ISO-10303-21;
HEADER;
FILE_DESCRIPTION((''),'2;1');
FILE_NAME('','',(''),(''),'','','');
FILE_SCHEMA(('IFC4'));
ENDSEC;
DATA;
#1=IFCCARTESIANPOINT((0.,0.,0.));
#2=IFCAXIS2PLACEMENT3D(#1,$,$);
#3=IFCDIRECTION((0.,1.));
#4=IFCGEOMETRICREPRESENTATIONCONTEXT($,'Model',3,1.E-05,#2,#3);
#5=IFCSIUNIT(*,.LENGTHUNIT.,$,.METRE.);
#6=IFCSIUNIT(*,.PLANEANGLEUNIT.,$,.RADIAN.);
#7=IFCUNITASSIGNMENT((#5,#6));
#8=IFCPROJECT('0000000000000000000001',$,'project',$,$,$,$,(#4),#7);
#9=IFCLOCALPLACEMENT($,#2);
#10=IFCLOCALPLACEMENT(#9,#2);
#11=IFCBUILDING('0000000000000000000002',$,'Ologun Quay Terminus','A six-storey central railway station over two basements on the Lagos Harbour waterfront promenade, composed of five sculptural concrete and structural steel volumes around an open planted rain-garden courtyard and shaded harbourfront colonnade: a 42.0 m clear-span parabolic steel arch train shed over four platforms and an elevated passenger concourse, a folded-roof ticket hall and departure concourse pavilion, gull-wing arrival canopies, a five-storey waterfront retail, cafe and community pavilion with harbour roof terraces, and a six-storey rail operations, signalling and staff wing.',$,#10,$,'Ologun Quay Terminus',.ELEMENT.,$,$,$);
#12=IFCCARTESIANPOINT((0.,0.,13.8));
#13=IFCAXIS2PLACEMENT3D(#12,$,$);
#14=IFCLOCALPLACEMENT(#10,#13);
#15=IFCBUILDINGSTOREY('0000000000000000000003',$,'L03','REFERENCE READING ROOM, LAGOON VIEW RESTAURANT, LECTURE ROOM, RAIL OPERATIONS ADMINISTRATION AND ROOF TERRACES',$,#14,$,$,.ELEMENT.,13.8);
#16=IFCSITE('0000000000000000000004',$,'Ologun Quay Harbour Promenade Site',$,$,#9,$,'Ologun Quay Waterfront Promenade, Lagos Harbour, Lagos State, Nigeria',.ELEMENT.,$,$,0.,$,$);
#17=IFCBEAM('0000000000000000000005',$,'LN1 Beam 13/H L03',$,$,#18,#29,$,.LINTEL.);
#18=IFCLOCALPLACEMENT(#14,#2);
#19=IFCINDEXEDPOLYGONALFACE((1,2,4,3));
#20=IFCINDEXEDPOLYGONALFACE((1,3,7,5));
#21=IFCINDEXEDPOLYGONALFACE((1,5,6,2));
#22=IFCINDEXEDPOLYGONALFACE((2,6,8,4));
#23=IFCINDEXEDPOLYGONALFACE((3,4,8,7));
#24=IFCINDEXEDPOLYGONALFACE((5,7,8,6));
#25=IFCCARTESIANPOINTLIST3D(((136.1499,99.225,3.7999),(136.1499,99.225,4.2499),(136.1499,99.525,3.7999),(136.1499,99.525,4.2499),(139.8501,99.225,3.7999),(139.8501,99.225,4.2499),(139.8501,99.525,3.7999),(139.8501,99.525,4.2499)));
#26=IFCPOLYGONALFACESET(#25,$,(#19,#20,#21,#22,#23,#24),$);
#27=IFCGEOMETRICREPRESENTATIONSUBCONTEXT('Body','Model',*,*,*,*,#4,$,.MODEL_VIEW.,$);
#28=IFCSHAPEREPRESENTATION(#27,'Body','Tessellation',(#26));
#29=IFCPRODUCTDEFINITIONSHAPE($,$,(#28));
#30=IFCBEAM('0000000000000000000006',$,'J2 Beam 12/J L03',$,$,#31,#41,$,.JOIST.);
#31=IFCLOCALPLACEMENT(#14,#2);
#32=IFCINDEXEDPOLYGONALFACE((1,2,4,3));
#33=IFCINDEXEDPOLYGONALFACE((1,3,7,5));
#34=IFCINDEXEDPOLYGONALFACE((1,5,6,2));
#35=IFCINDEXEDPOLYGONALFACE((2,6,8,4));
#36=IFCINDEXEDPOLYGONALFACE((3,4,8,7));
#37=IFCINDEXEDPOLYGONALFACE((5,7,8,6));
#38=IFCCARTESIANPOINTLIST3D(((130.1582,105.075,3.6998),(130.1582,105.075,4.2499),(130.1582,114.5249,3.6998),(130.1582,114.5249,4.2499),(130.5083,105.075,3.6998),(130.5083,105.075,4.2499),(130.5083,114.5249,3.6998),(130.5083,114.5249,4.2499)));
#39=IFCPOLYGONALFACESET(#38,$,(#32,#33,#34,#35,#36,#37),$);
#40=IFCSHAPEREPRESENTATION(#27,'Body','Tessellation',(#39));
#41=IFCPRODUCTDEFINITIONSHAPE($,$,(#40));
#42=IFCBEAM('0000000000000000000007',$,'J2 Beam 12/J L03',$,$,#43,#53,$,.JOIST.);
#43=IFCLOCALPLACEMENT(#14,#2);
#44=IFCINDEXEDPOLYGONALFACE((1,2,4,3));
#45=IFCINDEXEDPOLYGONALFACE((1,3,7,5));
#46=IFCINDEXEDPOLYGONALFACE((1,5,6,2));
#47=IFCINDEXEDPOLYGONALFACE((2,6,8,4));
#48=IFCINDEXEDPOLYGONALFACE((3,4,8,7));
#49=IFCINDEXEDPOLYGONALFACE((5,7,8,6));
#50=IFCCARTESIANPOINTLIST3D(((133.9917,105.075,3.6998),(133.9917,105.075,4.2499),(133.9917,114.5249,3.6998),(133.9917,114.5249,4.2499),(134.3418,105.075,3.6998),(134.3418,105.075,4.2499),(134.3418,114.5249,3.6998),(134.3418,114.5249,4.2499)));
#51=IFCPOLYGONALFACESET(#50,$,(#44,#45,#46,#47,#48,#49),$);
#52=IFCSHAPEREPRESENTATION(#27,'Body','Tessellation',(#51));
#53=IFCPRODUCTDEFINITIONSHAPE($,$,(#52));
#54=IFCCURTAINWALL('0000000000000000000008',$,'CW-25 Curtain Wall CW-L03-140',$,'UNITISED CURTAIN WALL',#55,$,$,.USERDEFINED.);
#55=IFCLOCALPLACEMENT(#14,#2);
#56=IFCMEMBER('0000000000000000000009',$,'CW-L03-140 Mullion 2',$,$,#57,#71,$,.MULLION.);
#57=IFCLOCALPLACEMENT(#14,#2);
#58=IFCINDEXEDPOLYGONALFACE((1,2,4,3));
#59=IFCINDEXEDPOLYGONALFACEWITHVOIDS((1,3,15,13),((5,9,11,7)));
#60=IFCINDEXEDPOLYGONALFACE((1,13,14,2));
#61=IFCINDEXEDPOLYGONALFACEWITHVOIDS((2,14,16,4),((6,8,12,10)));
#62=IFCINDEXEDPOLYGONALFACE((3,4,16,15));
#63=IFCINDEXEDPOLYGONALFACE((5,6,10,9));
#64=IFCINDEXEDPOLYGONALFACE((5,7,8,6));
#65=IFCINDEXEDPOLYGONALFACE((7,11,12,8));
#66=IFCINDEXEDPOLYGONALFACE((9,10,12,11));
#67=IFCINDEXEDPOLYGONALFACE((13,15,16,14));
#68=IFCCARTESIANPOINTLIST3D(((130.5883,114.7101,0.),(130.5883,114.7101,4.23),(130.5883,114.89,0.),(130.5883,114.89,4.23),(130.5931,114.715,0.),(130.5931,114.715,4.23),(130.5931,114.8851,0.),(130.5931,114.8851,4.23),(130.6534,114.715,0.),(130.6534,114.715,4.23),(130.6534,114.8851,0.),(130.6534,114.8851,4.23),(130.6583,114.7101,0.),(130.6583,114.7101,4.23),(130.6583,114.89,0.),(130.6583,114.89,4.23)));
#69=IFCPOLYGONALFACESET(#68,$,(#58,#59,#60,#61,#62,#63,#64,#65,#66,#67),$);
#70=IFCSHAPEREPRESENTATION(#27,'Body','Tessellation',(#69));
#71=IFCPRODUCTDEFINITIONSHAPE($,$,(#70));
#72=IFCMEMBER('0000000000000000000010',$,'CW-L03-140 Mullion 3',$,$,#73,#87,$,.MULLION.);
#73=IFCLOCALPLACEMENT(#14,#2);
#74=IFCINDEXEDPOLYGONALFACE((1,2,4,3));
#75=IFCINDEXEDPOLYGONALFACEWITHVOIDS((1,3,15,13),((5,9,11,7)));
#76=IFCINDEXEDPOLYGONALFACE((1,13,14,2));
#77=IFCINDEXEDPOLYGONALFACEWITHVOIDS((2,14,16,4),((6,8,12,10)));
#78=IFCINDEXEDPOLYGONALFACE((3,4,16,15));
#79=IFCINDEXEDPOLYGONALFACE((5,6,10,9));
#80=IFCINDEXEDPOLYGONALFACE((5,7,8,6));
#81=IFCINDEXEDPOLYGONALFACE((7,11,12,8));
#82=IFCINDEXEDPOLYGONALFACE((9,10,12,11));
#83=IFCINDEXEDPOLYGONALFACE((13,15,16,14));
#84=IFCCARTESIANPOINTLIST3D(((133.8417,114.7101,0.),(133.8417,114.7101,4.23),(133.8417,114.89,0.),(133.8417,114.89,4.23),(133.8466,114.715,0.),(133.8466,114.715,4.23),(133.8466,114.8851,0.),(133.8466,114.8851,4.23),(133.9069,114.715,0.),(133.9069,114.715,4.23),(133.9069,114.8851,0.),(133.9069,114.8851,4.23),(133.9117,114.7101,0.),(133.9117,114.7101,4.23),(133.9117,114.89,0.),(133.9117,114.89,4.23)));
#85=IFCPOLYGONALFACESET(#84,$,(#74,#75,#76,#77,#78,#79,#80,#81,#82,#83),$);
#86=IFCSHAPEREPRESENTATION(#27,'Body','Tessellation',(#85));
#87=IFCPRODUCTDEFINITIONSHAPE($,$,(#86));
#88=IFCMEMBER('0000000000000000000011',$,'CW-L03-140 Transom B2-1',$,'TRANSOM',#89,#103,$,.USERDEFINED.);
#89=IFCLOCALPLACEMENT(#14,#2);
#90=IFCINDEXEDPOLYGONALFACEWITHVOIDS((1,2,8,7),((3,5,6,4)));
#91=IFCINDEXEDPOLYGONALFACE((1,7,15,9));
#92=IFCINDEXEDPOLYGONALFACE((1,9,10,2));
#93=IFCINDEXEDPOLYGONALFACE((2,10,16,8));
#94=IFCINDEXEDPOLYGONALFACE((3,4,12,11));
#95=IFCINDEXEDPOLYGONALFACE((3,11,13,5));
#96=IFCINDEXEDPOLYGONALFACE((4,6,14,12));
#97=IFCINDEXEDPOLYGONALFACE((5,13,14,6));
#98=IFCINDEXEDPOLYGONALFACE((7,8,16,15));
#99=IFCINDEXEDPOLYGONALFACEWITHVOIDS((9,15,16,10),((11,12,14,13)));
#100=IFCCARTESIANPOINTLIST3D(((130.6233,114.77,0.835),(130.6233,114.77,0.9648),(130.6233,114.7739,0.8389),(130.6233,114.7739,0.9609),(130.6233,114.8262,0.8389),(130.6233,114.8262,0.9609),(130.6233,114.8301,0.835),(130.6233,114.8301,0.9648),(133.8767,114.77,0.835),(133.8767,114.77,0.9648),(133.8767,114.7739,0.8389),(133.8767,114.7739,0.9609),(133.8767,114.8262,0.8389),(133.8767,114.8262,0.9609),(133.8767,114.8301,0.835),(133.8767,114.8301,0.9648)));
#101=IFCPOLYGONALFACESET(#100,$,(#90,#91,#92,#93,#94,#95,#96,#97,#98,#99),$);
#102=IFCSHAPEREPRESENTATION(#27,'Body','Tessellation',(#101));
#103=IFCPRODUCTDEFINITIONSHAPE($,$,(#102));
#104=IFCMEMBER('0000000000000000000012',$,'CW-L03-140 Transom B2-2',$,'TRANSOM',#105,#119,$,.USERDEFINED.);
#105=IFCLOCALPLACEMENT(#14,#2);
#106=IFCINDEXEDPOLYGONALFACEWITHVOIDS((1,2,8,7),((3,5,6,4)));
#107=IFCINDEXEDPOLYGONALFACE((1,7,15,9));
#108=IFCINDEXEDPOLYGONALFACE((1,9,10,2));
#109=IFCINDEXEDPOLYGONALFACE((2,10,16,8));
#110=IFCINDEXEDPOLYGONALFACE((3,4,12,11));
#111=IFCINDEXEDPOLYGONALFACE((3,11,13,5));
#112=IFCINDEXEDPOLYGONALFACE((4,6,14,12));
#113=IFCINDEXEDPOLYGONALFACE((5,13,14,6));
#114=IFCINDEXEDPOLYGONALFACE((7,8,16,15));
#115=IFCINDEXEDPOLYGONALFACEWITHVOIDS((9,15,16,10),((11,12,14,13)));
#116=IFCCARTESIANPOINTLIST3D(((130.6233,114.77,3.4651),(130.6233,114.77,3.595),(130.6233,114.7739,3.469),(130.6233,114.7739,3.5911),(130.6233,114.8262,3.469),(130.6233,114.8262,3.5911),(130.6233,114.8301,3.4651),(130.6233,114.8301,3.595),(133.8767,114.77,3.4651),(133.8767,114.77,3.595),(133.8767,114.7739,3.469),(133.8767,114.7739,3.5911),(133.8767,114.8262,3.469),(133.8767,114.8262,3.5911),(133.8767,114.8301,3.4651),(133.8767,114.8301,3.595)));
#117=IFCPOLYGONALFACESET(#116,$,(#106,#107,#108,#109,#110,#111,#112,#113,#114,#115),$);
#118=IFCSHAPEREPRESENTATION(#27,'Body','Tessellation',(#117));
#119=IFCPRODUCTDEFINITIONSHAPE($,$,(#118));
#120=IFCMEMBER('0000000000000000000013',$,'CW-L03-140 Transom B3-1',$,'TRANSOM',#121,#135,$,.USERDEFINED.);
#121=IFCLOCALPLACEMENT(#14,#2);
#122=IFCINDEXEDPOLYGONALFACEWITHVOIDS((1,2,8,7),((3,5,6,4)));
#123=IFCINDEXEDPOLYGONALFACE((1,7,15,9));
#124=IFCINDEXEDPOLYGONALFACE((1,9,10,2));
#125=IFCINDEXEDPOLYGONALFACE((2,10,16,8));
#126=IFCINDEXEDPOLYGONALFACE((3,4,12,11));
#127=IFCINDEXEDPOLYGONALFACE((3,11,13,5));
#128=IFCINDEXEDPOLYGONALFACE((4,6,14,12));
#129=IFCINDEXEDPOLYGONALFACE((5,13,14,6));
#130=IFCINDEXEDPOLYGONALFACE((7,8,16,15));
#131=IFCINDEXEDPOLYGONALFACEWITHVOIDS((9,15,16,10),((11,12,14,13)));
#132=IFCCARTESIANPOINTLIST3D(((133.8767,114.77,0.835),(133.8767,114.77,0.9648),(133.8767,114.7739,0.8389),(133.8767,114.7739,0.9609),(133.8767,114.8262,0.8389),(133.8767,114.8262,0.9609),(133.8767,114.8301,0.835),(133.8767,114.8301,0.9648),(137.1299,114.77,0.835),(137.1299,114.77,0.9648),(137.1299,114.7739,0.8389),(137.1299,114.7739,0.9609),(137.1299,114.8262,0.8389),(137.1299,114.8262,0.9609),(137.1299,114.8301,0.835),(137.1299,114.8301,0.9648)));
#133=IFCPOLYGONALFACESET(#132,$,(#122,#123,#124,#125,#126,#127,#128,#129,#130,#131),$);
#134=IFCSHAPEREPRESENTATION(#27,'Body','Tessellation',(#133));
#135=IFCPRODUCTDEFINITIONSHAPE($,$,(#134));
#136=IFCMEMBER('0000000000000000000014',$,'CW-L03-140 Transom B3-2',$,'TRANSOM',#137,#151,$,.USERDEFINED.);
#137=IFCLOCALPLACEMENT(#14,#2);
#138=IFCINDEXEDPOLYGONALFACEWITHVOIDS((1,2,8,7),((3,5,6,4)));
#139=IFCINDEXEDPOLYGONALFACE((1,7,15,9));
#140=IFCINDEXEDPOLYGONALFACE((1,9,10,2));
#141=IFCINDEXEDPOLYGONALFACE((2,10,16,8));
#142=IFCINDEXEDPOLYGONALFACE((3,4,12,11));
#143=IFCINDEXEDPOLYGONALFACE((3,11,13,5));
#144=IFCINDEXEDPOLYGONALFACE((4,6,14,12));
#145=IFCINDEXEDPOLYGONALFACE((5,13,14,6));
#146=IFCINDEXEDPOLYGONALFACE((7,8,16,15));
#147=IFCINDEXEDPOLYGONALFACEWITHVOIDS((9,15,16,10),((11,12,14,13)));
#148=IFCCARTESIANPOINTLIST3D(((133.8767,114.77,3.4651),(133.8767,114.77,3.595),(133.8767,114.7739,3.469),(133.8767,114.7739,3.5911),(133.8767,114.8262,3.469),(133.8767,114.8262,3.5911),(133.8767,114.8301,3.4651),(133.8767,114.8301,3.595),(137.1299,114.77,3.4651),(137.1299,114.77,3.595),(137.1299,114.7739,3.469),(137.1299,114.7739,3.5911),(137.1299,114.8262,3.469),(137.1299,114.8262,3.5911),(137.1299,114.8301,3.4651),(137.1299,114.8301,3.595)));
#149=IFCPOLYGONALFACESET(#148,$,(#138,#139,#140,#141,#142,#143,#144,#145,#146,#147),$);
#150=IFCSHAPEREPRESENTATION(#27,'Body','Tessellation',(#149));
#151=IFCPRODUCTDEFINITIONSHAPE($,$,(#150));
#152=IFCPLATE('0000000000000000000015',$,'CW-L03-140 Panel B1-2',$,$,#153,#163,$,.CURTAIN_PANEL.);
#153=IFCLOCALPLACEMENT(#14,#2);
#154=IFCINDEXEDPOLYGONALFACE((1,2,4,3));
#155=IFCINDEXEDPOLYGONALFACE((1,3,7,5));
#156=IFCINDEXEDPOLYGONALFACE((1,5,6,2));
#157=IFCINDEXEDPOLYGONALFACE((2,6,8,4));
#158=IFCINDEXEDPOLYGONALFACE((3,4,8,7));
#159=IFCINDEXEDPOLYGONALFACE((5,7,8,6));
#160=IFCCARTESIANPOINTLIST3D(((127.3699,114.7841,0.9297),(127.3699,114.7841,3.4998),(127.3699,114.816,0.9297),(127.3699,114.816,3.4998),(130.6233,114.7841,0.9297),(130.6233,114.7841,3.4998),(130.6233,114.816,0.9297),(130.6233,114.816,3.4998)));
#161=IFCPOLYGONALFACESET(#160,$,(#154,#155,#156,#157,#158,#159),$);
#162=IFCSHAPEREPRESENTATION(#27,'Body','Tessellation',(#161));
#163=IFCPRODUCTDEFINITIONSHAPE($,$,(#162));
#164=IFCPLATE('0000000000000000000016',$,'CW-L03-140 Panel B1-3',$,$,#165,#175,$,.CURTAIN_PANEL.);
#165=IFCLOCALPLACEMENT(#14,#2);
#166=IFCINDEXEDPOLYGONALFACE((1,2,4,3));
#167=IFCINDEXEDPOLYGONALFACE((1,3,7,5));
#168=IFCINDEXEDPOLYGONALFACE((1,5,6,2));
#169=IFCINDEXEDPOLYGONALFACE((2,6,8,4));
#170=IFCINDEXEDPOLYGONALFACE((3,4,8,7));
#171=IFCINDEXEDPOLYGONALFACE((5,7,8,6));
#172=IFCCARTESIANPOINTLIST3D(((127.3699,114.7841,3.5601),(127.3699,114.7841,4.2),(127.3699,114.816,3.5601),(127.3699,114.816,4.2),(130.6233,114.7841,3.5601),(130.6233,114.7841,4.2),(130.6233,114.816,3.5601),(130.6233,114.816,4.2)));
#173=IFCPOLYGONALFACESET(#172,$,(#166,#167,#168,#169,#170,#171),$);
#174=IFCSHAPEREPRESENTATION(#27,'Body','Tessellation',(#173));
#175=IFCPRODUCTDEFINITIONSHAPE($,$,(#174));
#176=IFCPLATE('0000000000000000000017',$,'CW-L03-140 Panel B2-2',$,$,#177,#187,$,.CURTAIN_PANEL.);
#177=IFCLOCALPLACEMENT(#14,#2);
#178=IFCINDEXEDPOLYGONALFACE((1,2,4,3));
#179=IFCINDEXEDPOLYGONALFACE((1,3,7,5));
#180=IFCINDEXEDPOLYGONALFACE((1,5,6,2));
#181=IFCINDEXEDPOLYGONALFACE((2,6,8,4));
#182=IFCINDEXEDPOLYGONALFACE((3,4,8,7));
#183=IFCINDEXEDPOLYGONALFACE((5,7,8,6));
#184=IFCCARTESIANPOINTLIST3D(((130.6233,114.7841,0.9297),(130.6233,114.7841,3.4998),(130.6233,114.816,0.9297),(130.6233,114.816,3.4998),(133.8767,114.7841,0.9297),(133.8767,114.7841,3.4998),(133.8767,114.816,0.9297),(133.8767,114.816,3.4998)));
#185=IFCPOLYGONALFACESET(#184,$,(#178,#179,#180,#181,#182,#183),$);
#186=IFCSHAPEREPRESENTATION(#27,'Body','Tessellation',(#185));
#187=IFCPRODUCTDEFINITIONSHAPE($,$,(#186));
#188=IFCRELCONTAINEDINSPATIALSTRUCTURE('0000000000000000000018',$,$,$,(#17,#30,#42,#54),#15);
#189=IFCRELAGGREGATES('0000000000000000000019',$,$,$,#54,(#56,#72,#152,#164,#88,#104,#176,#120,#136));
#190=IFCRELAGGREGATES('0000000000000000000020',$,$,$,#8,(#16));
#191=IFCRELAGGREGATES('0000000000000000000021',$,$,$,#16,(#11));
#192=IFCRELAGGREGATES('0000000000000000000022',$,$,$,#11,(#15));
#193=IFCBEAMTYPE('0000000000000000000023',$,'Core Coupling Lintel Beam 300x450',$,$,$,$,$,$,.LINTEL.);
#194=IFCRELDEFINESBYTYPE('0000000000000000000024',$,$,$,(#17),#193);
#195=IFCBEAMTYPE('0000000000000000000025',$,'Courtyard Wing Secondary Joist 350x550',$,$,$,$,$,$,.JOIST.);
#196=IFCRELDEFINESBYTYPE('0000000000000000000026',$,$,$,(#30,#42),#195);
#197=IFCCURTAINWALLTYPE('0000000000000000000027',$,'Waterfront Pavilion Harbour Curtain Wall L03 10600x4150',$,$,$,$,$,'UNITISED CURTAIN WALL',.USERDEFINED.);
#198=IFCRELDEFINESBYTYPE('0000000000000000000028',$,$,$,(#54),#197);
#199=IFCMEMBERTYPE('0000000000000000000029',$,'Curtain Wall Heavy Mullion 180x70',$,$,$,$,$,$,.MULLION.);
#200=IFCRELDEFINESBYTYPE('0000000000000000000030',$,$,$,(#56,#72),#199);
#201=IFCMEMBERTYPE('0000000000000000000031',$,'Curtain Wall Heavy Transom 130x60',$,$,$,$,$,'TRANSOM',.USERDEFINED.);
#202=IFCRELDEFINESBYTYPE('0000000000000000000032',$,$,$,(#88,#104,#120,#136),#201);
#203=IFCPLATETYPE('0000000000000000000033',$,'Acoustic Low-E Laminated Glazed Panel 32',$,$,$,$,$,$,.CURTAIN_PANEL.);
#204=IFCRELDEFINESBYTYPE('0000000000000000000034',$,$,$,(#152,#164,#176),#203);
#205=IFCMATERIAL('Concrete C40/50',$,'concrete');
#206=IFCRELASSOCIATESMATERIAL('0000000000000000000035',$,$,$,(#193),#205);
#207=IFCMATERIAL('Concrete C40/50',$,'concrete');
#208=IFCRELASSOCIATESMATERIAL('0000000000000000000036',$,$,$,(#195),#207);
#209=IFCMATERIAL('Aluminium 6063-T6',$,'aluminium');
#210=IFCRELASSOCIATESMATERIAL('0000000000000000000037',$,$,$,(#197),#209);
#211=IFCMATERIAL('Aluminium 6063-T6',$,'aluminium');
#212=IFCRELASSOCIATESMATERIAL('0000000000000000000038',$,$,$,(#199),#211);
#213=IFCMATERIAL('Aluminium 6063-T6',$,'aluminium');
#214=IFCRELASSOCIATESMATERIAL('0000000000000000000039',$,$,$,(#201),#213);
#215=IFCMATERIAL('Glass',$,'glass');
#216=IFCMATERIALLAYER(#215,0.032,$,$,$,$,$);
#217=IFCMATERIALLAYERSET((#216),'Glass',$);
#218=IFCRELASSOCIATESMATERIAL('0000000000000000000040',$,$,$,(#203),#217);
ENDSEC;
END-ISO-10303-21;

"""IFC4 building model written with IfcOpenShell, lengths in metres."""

from ifc_helpers import new_model, si_unit, direction, frame, origin, origin_2d, place, context, subcontext, project, spatial, rectangle, hollow_rectangle, extrude, material, layer, layer_set, material_profile, profile_set, type_object, element, aggregate, save


model = new_model("IFC4")

# Units and contexts
model_context = context("Model", 3, precision=1e-05, world=origin(), true_north=direction((0.0, 1.0)))
body_context = subcontext(model_context, "Body", "Model", "MODEL_VIEW")
ifc_project = project(units=[si_unit("LENGTHUNIT", "METRE"), si_unit("PLANEANGLEUNIT", "RADIAN")], contexts=[model_context])

# Site, building, storey
site_placement = place(None, origin())
site = spatial("IfcSite", under=ifc_project, at=site_placement, Name="Ologun Quay Harbour Promenade Site", LongName="Ologun Quay Waterfront Promenade, Lagos Harbour, Lagos State, Nigeria", CompositionType="ELEMENT", RefElevation=0.0)
building_placement = place(site_placement, origin())
building = spatial("IfcBuilding", under=site, at=building_placement, Name="Ologun Quay Terminus", Description="A six-storey central railway station over two basements on the Lagos Harbour waterfront promenade, composed of five sculptural concrete and structural steel volumes around an open planted rain-garden courtyard and shaded harbourfront colonnade: a 42.0 m clear-span parabolic steel arch train shed over four platforms and an elevated passenger concourse, a folded-roof ticket hall and departure concourse pavilion, gull-wing arrival canopies, a five-storey waterfront retail, cafe and community pavilion with harbour roof terraces, and a six-storey rail operations, signalling and staff wing.", LongName="Ologun Quay Terminus", CompositionType="ELEMENT")
storey_placement = place(building_placement, frame((0.0, 0.0, 13.8)))
storey = spatial("IfcBuildingStorey", under=building, at=storey_placement, Name="L03", Description="REFERENCE READING ROOM, LAGOON VIEW RESTAURANT, LECTURE ROOM, RAIL OPERATIONS ADMINISTRATION AND ROOF TERRACES", CompositionType="ELEMENT", Elevation=13.8)

# Beams
ifc_material_1 = material(Name="Concrete C40/50", Category="concrete")
ifc_material_profile_1 = material_profile(ifc_material_1, rectangle(XDim=0.3, YDim=0.45, at=origin_2d()), Name="RC 300x450")
ifc_profile_set_1 = profile_set([ifc_material_profile_1], Name="Concrete C40/50")
beam_type_1 = type_object("IfcBeamType", Name="Core Coupling Lintel Beam 300x450", PredefinedType="LINTEL", material=ifc_profile_set_1)
beam_placement = place(storey_placement, frame((136.1499, 99.375, 4.0249), z_axis=(1.0, 0.0, 0.0), x_axis=(0.0, 1.0, 0.0)))
element("IfcBeam", 1, at=beam_placement, inside=storey, type_object=beam_type_1, Name="LN1 Beam 13/H L03", PredefinedType="LINTEL", context=body_context, shape_type="SweptSolid", body=[
    extrude(rectangle(XDim=0.3, YDim=0.45, at=origin_2d()), origin(), (0.0, 0.0, 1.0), 3.7002),
])
ifc_material_2 = material(Name="Concrete C40/50", Category="concrete")
ifc_material_profile_2 = material_profile(ifc_material_2, rectangle(XDim=0.3501, YDim=0.55, at=origin_2d()), Name="RC 350x550")
ifc_profile_set_2 = profile_set([ifc_material_profile_2], Name="Concrete C40/50")
beam_type_2 = type_object("IfcBeamType", Name="Courtyard Wing Secondary Joist 350x550", PredefinedType="JOIST", material=ifc_profile_set_2)
for number, where, z_axis, x_axis, name in (
    (2, (130.3333, 105.075, 3.9749), (0.0, 1.0, 0.0), (-1.0, 0.0, 0.0), "J2 Beam 12/J L03"),
    (3, (134.1667, 105.075, 3.9749), (0.0, 1.0, 0.0), (-1.0, 0.0, 0.0), "J2 Beam 12/J L03"),
):
    element("IfcBeam", number, at=place(storey_placement, frame(where, z_axis=z_axis, x_axis=x_axis)), inside=storey, type_object=beam_type_2, Name=name, PredefinedType="JOIST", context=body_context, shape_type="SweptSolid", body=[
        extrude(rectangle(XDim=0.3501, YDim=0.55, at=origin_2d()), origin(), (0.0, 0.0, 1.0), 9.45),
    ])

# Curtain wall, members, plates
ifc_material_3 = material(Name="Aluminium 6063-T6", Category="aluminium")
curtain_wall_type = type_object("IfcCurtainWallType", Name="Waterfront Pavilion Harbour Curtain Wall L03 10600x4150", ElementType="UNITISED CURTAIN WALL", PredefinedType="USERDEFINED", material=ifc_material_3)
curtain_wall_placement = place(storey_placement, origin())
curtain_wall = element("IfcCurtainWall", 4, at=curtain_wall_placement, inside=storey, type_object=curtain_wall_type, Name="CW-25 Curtain Wall CW-L03-140", ObjectType="UNITISED CURTAIN WALL", PredefinedType="USERDEFINED")
ifc_material_4 = material(Name="Aluminium 6063-T6", Category="aluminium")
ifc_material_profile_3 = material_profile(ifc_material_4, hollow_rectangle(XDim=0.0701, YDim=0.1799, WallThickness=0.0049, at=origin_2d()), Name="ALU 180x70x5")
ifc_profile_set_3 = profile_set([ifc_material_profile_3], Name="Aluminium 6063-T6")
member_type_1 = type_object("IfcMemberType", Name="Curtain Wall Heavy Mullion 180x70", PredefinedType="MULLION", material=ifc_profile_set_3)
member_1_placement = place(storey_placement, frame((130.6233, 114.8, 0.0), z_axis=(0.0, 0.0, 1.0), x_axis=(1.0, 0.0, 0.0)))
member_1 = element("IfcMember", 5, at=member_1_placement, type_object=member_type_1, Name="CW-L03-140 Mullion 2", PredefinedType="MULLION", context=body_context, shape_type="SweptSolid", body=[
    extrude(hollow_rectangle(XDim=0.0701, YDim=0.1799, WallThickness=0.0049, at=origin_2d()), origin(), (0.0, 0.0, 1.0), 4.23),
])
member_2_placement = place(storey_placement, frame((133.8767, 114.8, 0.0), z_axis=(0.0, 0.0, 1.0), x_axis=(1.0, 0.0, 0.0)))
member_2 = element("IfcMember", 6, at=member_2_placement, type_object=member_type_1, Name="CW-L03-140 Mullion 3", PredefinedType="MULLION", context=body_context, shape_type="SweptSolid", body=[
    extrude(hollow_rectangle(XDim=0.0701, YDim=0.1799, WallThickness=0.0049, at=origin_2d()), origin(), (0.0, 0.0, 1.0), 4.23),
])
ifc_material_5 = material(Name="Aluminium 6063-T6", Category="aluminium")
ifc_material_profile_4 = material_profile(ifc_material_5, hollow_rectangle(XDim=0.0601, YDim=0.1299, WallThickness=0.0039, at=origin_2d()), Name="ALU 130x60x4")
ifc_profile_set_4 = profile_set([ifc_material_profile_4], Name="Aluminium 6063-T6")
member_type_2 = type_object("IfcMemberType", Name="Curtain Wall Heavy Transom 130x60", ElementType="TRANSOM", PredefinedType="USERDEFINED", material=ifc_profile_set_4)
member_3_placement = place(storey_placement, frame((130.6233, 114.8, 0.8999), z_axis=(1.0, 0.0, 0.0), x_axis=(0.0, 1.0, 0.0)))
member_3 = element("IfcMember", 7, at=member_3_placement, type_object=member_type_2, Name="CW-L03-140 Transom B2-1", ObjectType="TRANSOM", PredefinedType="USERDEFINED", context=body_context, shape_type="SweptSolid", body=[
    extrude(hollow_rectangle(XDim=0.0601, YDim=0.1299, WallThickness=0.0039, at=origin_2d()), origin(), (0.0, 0.0, 1.0), 3.2534),
])
member_4_placement = place(storey_placement, frame((130.6233, 114.8, 3.53), z_axis=(1.0, 0.0, 0.0), x_axis=(0.0, 1.0, 0.0)))
member_4 = element("IfcMember", 8, at=member_4_placement, type_object=member_type_2, Name="CW-L03-140 Transom B2-2", ObjectType="TRANSOM", PredefinedType="USERDEFINED", context=body_context, shape_type="SweptSolid", body=[
    extrude(hollow_rectangle(XDim=0.0601, YDim=0.1299, WallThickness=0.0039, at=origin_2d()), origin(), (0.0, 0.0, 1.0), 3.2534),
])
member_5_placement = place(storey_placement, frame((133.8767, 114.8, 0.8999), z_axis=(1.0, 0.0, 0.0), x_axis=(0.0, 1.0, 0.0)))
member_5 = element("IfcMember", 9, at=member_5_placement, type_object=member_type_2, Name="CW-L03-140 Transom B3-1", ObjectType="TRANSOM", PredefinedType="USERDEFINED", context=body_context, shape_type="SweptSolid", body=[
    extrude(hollow_rectangle(XDim=0.0601, YDim=0.1299, WallThickness=0.0039, at=origin_2d()), origin(), (0.0, 0.0, 1.0), 3.2532),
])
member_6_placement = place(storey_placement, frame((133.8767, 114.8, 3.53), z_axis=(1.0, 0.0, 0.0), x_axis=(0.0, 1.0, 0.0)))
member_6 = element("IfcMember", 10, at=member_6_placement, type_object=member_type_2, Name="CW-L03-140 Transom B3-2", ObjectType="TRANSOM", PredefinedType="USERDEFINED", context=body_context, shape_type="SweptSolid", body=[
    extrude(hollow_rectangle(XDim=0.0601, YDim=0.1299, WallThickness=0.0039, at=origin_2d()), origin(), (0.0, 0.0, 1.0), 3.2532),
])
ifc_material_6 = material(Name="Glass", Category="glass")
ifc_layer_1 = layer(ifc_material_6, 0.032)
ifc_layer_set_1 = layer_set([ifc_layer_1], Name="Glass")
plate_type_1 = type_object("IfcPlateType", Name="Acoustic Low-E Laminated Glazed Panel 32", PredefinedType="CURTAIN_PANEL", material=ifc_layer_set_1)
plate_1_placement = place(storey_placement, frame((128.9966, 114.8, 0.9297), z_axis=(0.0, 0.0, 1.0), x_axis=(1.0, 0.0, 0.0)))
plate_1 = element("IfcPlate", 11, at=plate_1_placement, type_object=plate_type_1, Name="CW-L03-140 Panel B1-2", PredefinedType="CURTAIN_PANEL", context=body_context, shape_type="SweptSolid", body=[
    extrude(rectangle(XDim=3.2534, YDim=0.032, at=origin_2d()), origin(), (0.0, 0.0, 1.0), 2.5701),
])
plate_2_placement = place(storey_placement, frame((128.9966, 114.8, 3.5601), z_axis=(0.0, 0.0, 1.0), x_axis=(1.0, 0.0, 0.0)))
plate_2 = element("IfcPlate", 12, at=plate_2_placement, type_object=plate_type_1, Name="CW-L03-140 Panel B1-3", PredefinedType="CURTAIN_PANEL", context=body_context, shape_type="SweptSolid", body=[
    extrude(rectangle(XDim=3.2534, YDim=0.032, at=origin_2d()), origin(), (0.0, 0.0, 1.0), 0.6399),
])
plate_3_placement = place(storey_placement, frame((132.25, 114.8, 0.9297), z_axis=(0.0, 0.0, 1.0), x_axis=(1.0, 0.0, 0.0)))
plate_3 = element("IfcPlate", 13, at=plate_3_placement, type_object=plate_type_1, Name="CW-L03-140 Panel B2-2", PredefinedType="CURTAIN_PANEL", context=body_context, shape_type="SweptSolid", body=[
    extrude(rectangle(XDim=3.2534, YDim=0.032, at=origin_2d()), origin(), (0.0, 0.0, 1.0), 2.5701),
])
aggregate(curtain_wall, [member_1, member_2, plate_1, plate_2, member_3, member_4, plate_3, member_5, member_6])

save(model, "model.ifc")
